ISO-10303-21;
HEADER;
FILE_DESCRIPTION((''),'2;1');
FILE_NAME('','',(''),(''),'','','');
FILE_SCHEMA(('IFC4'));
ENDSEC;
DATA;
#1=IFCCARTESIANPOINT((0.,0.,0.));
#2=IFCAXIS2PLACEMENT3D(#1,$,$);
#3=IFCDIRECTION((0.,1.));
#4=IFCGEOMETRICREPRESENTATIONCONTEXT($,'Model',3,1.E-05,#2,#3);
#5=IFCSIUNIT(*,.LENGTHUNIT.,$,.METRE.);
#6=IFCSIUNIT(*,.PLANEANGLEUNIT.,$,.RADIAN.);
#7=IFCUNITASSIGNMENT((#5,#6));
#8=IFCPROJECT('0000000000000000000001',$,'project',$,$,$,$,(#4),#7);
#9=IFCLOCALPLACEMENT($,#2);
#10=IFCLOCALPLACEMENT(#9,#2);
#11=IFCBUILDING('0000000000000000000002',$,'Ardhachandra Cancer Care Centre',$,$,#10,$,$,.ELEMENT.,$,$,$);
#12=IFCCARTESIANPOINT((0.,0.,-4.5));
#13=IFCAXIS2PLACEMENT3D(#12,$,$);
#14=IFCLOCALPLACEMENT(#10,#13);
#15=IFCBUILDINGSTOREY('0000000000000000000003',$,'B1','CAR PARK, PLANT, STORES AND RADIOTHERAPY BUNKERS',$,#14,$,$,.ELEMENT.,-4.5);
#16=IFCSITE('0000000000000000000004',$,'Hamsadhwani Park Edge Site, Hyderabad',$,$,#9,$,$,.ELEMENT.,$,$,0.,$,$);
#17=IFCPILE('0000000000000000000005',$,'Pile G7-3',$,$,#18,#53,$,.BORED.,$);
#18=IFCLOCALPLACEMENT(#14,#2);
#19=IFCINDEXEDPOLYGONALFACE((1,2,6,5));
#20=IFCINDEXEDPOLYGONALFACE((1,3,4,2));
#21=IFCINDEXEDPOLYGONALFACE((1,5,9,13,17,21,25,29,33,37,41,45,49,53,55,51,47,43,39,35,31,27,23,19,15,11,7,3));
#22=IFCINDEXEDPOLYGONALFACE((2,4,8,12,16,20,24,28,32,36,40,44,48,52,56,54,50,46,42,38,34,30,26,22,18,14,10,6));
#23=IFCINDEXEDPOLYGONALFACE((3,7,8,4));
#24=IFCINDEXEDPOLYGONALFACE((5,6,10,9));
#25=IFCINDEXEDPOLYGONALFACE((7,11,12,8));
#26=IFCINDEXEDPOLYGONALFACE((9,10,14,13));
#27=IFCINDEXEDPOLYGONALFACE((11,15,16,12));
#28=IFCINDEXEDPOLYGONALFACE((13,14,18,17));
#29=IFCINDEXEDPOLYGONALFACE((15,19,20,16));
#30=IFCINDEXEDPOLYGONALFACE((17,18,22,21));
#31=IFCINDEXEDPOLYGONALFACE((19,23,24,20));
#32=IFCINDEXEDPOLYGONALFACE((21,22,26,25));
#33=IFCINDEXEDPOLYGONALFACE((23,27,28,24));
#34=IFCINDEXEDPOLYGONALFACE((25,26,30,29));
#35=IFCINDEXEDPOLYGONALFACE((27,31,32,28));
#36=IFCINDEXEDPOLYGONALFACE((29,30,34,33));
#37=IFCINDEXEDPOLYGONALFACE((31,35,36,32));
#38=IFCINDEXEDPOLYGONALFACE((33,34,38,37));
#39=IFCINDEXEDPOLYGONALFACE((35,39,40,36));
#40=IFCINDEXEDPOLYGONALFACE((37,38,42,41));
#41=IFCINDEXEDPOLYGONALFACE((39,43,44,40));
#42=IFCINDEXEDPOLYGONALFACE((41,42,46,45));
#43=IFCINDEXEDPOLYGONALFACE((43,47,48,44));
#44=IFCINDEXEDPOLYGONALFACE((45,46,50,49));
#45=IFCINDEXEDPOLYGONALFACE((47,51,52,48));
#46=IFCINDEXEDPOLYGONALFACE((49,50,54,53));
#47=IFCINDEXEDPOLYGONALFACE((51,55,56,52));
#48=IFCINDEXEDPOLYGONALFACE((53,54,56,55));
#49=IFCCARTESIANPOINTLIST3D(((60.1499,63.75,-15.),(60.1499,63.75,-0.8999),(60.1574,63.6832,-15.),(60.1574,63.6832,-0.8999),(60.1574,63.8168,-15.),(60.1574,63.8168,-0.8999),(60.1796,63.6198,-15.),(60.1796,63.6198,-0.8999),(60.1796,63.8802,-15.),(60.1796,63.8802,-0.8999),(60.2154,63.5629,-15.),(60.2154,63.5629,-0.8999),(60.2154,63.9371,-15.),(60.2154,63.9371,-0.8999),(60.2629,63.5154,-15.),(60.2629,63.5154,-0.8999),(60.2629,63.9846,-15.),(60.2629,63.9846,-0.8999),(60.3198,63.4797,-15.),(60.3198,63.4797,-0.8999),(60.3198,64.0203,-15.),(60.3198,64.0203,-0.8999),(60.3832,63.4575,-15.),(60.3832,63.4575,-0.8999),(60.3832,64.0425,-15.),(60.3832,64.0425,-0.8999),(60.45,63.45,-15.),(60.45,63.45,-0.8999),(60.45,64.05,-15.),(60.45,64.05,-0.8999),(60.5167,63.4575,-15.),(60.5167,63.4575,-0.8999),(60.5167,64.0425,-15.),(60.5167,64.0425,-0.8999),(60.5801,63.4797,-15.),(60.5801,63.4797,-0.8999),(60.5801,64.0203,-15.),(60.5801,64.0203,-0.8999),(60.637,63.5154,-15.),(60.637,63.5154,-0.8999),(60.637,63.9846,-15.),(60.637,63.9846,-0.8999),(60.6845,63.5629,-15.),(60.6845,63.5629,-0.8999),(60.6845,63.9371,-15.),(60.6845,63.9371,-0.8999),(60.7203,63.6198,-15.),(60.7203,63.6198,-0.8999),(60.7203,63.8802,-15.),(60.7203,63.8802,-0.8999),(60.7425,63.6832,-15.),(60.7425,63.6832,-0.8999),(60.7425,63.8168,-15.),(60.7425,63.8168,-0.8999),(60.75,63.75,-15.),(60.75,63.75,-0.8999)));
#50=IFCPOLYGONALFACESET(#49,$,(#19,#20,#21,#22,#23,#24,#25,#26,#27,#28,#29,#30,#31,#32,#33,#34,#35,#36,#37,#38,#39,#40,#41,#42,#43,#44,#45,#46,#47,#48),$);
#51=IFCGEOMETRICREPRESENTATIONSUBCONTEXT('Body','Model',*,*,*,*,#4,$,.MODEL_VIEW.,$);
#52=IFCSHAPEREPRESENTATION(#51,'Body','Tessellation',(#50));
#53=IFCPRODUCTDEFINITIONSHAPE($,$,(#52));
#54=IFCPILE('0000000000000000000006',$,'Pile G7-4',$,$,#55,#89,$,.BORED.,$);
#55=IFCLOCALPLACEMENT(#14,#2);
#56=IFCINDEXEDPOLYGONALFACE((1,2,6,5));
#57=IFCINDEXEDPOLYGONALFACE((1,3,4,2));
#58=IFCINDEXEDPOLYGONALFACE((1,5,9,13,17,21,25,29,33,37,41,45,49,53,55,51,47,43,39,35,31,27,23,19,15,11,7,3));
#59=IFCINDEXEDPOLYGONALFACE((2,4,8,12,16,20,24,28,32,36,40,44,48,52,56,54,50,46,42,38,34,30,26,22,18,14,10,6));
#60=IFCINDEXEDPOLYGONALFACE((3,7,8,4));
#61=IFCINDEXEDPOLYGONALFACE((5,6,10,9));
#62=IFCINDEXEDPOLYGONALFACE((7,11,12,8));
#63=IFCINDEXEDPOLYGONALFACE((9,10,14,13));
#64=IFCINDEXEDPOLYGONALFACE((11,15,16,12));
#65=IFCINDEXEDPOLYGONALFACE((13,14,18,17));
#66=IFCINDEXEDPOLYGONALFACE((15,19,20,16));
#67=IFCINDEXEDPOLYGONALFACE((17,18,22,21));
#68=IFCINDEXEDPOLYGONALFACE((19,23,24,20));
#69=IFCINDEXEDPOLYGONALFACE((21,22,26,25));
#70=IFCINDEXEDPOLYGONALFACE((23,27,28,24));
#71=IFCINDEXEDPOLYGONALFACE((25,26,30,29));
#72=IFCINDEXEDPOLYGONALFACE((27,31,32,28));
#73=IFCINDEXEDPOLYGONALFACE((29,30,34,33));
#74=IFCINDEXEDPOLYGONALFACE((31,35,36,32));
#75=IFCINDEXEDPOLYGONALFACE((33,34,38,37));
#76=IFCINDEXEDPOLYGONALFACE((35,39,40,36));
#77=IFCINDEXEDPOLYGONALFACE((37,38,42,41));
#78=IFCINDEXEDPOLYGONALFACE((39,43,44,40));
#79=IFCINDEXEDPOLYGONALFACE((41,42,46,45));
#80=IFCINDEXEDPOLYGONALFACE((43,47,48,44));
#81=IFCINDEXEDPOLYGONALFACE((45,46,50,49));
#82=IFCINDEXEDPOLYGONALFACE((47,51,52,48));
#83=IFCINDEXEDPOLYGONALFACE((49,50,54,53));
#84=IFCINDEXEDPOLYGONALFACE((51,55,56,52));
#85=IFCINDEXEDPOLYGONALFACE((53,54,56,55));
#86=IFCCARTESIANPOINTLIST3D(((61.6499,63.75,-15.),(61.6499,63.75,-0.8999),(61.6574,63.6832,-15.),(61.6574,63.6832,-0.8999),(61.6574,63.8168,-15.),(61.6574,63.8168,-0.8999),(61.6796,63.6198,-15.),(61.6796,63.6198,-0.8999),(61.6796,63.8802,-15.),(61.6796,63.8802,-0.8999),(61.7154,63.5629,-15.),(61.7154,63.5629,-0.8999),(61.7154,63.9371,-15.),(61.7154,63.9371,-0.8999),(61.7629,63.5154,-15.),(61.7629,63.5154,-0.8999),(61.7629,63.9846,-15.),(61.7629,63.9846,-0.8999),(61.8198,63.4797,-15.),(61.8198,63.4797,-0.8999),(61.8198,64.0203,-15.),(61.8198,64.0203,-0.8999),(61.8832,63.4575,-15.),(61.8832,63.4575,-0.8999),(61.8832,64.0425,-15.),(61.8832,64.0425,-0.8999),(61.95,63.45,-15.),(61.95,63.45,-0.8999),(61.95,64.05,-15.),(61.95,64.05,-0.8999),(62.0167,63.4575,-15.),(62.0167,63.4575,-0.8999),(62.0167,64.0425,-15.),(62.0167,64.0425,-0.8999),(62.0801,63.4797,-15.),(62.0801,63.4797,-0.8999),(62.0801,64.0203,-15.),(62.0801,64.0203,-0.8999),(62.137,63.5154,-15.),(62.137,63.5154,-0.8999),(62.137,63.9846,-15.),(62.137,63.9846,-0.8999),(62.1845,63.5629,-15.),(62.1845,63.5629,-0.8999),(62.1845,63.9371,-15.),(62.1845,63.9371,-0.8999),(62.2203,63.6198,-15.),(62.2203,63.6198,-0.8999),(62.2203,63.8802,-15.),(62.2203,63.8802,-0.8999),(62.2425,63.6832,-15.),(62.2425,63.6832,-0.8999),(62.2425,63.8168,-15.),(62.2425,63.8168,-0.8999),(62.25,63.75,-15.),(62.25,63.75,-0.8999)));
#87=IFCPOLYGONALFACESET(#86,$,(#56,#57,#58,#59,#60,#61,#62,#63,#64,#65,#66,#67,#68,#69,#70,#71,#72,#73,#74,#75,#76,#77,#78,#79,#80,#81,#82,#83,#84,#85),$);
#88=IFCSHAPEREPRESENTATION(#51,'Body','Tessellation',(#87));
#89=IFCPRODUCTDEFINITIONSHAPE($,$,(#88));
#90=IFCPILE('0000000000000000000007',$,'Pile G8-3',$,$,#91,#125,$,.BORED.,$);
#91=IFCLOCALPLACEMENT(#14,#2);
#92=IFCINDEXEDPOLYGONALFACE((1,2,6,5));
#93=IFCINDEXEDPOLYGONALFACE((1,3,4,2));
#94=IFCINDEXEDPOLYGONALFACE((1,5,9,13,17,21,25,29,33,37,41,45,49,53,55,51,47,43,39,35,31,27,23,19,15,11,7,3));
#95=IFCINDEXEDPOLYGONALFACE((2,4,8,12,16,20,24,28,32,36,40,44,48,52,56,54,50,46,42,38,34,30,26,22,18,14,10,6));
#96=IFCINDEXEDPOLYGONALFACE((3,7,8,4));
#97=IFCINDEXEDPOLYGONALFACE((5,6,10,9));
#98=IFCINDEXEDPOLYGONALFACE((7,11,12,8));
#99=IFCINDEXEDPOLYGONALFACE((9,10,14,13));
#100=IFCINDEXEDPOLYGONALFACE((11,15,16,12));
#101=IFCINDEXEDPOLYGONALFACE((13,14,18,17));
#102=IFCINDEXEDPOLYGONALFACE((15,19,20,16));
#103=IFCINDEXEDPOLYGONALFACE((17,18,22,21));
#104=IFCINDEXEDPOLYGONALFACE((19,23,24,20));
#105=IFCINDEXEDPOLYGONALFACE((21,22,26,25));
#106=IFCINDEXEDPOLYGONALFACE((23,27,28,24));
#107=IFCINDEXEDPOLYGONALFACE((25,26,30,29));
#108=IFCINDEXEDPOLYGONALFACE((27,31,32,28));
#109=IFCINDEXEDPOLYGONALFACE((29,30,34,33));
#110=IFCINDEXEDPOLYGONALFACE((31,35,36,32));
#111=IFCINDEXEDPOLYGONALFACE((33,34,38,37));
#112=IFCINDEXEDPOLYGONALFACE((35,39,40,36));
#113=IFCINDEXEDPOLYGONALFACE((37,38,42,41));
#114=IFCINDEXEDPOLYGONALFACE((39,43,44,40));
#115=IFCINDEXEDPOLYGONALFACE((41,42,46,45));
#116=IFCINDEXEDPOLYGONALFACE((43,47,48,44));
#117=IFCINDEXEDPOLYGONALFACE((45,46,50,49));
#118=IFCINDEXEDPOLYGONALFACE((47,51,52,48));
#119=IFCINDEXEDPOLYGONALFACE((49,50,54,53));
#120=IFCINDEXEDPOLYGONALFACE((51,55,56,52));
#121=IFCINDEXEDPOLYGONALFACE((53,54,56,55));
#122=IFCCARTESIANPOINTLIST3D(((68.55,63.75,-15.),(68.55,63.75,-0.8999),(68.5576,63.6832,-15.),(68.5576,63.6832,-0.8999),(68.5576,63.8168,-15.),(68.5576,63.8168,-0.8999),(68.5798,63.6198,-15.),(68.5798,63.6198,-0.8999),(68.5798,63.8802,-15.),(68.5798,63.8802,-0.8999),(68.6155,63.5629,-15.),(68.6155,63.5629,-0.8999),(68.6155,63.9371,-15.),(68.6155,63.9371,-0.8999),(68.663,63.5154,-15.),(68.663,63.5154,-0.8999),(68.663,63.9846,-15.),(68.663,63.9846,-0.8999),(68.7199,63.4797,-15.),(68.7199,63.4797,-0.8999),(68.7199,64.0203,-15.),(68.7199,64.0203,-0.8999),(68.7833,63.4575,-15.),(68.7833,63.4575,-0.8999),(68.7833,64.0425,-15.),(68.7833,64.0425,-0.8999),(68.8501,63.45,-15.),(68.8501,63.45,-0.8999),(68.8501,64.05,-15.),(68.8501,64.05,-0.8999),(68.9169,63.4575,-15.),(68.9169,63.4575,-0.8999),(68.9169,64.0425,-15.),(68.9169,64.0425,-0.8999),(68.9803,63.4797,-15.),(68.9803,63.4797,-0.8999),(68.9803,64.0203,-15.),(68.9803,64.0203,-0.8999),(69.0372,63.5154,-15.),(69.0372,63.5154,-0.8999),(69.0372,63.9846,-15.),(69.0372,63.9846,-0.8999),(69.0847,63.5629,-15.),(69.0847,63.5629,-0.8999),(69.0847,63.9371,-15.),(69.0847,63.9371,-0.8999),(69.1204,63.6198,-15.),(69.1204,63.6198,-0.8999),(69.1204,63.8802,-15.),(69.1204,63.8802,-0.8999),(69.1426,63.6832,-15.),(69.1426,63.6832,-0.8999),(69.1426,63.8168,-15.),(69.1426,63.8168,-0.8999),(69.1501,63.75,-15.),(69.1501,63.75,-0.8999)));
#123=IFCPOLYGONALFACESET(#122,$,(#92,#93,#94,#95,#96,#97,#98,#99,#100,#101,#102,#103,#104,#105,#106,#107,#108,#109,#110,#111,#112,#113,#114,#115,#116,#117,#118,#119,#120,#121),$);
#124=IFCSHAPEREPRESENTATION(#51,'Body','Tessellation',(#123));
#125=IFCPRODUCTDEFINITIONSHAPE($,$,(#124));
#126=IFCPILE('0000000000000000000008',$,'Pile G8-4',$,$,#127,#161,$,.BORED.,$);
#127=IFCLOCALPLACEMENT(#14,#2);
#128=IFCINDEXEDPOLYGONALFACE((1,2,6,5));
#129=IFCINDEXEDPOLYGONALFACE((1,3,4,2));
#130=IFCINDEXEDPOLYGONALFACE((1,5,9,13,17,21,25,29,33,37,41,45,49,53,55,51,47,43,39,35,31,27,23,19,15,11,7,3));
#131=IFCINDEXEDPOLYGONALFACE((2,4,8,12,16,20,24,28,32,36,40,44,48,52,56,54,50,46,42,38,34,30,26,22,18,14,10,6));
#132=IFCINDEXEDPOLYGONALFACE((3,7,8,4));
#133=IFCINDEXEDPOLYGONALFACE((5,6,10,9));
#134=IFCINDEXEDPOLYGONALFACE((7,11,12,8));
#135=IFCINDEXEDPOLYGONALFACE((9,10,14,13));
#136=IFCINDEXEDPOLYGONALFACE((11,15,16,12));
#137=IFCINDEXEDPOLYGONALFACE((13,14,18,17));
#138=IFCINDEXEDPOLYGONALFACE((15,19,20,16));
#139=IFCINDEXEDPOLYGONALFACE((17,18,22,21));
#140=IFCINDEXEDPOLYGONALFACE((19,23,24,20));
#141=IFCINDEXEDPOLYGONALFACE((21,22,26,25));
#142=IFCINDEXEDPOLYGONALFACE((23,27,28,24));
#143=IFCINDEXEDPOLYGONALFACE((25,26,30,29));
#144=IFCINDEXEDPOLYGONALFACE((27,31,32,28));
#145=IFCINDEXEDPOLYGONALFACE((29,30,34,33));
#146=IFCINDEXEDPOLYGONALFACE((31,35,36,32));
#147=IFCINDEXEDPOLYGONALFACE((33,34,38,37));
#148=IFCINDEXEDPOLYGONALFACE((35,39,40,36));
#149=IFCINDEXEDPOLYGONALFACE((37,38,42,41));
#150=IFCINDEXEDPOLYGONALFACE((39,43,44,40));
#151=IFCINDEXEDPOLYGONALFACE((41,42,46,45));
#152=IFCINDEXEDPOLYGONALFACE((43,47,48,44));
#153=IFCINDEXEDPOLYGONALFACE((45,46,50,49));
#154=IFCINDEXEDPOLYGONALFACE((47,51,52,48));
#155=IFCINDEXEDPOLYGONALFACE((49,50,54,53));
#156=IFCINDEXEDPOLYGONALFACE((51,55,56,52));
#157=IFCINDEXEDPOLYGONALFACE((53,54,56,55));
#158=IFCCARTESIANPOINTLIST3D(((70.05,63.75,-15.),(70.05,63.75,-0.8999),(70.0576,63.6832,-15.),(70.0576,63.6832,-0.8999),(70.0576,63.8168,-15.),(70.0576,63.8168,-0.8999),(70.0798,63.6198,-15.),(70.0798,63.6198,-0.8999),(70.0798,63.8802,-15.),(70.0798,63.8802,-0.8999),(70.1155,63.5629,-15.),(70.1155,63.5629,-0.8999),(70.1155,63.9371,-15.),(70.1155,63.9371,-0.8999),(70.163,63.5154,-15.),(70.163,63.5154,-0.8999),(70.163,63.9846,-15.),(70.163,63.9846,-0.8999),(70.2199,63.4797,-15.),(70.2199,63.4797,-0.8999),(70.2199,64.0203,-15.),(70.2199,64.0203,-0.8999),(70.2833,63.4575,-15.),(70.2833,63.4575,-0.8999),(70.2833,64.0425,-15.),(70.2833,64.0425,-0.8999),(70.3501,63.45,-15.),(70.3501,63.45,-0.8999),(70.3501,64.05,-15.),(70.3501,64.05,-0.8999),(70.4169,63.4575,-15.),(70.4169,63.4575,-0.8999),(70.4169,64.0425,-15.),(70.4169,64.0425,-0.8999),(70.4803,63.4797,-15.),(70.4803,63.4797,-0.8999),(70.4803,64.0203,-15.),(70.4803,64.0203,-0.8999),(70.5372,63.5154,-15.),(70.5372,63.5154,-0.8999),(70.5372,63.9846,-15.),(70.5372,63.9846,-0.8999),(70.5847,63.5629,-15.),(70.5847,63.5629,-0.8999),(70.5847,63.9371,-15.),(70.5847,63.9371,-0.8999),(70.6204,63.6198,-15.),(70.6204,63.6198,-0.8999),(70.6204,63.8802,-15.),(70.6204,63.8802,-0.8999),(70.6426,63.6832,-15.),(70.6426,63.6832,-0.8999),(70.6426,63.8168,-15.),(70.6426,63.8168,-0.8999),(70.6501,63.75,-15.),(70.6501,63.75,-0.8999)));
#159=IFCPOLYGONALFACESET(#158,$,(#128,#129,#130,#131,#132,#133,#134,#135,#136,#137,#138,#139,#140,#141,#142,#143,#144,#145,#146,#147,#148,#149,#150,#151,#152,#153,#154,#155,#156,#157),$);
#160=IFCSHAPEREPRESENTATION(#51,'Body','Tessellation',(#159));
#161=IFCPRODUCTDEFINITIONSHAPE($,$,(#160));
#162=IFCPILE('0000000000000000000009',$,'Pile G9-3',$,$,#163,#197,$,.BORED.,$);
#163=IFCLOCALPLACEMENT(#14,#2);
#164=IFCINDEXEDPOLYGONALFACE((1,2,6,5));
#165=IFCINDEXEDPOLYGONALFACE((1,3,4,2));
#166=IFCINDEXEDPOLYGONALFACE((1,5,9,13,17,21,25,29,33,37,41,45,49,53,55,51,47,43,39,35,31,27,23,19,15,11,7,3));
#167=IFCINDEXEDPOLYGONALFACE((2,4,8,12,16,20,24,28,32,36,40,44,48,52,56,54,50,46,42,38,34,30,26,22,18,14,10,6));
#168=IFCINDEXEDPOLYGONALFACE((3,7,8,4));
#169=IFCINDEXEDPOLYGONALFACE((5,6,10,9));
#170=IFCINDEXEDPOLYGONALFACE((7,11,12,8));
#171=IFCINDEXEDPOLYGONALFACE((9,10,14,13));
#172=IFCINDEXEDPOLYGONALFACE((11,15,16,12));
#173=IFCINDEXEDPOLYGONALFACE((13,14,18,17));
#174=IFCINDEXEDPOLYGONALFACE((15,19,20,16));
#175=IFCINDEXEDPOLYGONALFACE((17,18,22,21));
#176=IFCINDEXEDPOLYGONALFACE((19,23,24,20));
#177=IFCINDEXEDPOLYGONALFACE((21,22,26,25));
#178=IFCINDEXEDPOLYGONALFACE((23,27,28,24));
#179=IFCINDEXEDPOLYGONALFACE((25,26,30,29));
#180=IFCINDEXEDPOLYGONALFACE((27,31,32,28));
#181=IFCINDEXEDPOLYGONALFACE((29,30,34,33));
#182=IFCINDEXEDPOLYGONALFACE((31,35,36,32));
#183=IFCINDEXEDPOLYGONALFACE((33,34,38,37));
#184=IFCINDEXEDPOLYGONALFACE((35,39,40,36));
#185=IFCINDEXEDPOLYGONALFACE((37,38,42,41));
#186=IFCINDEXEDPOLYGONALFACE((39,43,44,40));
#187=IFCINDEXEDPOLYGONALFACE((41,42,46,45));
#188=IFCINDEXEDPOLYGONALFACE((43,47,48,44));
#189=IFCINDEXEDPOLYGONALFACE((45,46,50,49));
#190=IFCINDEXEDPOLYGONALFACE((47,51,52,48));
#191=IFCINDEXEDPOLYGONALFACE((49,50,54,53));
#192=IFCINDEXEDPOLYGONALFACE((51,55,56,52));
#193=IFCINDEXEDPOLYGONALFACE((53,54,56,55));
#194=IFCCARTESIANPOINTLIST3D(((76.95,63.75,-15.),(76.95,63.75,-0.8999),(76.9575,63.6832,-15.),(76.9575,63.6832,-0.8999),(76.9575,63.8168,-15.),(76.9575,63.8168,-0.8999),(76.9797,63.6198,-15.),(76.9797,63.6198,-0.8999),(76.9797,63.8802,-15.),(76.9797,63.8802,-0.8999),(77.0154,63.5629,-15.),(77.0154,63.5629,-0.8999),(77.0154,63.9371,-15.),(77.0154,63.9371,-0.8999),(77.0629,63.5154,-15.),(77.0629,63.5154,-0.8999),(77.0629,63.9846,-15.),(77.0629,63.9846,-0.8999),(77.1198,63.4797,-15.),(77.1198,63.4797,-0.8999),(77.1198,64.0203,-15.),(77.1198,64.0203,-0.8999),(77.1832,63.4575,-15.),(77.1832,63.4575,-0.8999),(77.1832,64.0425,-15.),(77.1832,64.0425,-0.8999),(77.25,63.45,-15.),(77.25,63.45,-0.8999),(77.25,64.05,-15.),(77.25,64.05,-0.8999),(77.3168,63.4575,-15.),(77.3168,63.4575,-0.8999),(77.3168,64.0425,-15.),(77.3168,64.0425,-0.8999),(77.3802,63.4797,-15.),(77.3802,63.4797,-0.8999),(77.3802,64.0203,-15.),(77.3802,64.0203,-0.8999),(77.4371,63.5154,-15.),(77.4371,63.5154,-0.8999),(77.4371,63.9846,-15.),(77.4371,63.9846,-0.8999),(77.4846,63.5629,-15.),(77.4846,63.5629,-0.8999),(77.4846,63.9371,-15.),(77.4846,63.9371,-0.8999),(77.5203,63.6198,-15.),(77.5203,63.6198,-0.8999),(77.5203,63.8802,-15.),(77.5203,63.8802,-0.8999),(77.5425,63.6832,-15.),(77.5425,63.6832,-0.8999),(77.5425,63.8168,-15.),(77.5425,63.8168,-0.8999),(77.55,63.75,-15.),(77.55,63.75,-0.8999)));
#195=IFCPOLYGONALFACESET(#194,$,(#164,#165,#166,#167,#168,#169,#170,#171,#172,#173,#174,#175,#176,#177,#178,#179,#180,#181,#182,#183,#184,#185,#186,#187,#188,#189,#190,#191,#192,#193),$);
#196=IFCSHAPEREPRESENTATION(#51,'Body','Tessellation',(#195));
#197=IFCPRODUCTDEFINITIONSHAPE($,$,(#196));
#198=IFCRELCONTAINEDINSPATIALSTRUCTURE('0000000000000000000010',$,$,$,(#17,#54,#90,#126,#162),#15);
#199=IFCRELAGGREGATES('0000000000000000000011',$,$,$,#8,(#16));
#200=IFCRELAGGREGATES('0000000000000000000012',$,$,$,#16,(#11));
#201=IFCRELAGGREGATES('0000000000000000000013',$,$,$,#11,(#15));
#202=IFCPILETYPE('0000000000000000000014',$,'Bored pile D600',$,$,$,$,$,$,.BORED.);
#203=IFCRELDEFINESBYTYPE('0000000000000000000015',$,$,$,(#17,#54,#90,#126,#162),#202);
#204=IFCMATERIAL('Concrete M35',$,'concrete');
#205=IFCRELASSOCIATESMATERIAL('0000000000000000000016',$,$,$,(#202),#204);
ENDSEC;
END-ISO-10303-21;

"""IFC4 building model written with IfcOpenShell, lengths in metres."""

from ifc_helpers import new_model, si_unit, direction, frame, origin, origin_2d, place, context, subcontext, project, spatial, circle, extrude, material, material_profile, profile_set, type_object, element, save


model = new_model("IFC4")

# Units and contexts
model_context = context("Model", 3, precision=1e-05, world=origin(), true_north=direction((0.0, 1.0)))
body_context = subcontext(model_context, "Body", "Model", "MODEL_VIEW")
ifc_project = project(units=[si_unit("LENGTHUNIT", "METRE"), si_unit("PLANEANGLEUNIT", "RADIAN")], contexts=[model_context])

# Site, building, storey
site_placement = place(None, origin())
site = spatial("IfcSite", under=ifc_project, at=site_placement, Name="Hamsadhwani Park Edge Site, Hyderabad", CompositionType="ELEMENT", RefElevation=0.0)
building_placement = place(site_placement, origin())
building = spatial("IfcBuilding", under=site, at=building_placement, Name="Ardhachandra Cancer Care Centre", CompositionType="ELEMENT")
storey_placement = place(building_placement, frame((0.0, 0.0, -4.5)))
storey = spatial("IfcBuildingStorey", under=building, at=storey_placement, Name="B1", Description="CAR PARK, PLANT, STORES AND RADIOTHERAPY BUNKERS", CompositionType="ELEMENT", Elevation=-4.5)

# Piles
ifc_material_1 = material(Name="Concrete M35", Category="concrete")
ifc_material_profile_1 = material_profile(ifc_material_1, circle(Radius=0.3, at=origin_2d()), Name="D600")
ifc_profile_set_1 = profile_set([ifc_material_profile_1], Name="Concrete M35")
pile_type = type_object("IfcPileType", Name="Bored pile D600", PredefinedType="BORED", material=ifc_profile_set_1)
for number, where, z_axis, x_axis, name in (
    (1, (60.45, 63.75, -0.8999), (0.0, 0.0, -1.0), (1.0, 0.0, 0.0), "Pile G7-3"),
    (2, (61.95, 63.75, -0.8999), (0.0, 0.0, -1.0), (1.0, 0.0, 0.0), "Pile G7-4"),
    (3, (68.8501, 63.75, -0.8999), (0.0, 0.0, -1.0), (1.0, 0.0, 0.0), "Pile G8-3"),
    (4, (70.3501, 63.75, -0.8999), (0.0, 0.0, -1.0), (1.0, 0.0, 0.0), "Pile G8-4"),
    (5, (77.25, 63.75, -0.8999), (0.0, 0.0, -1.0), (1.0, 0.0, 0.0), "Pile G9-3"),
):
    element("IfcPile", number, at=place(storey_placement, frame(where, z_axis=z_axis, x_axis=x_axis)), inside=storey, type_object=pile_type, Name=name, PredefinedType="BORED", context=body_context, shape_type="SweptSolid", body=[
        extrude(circle(Radius=0.3, at=origin_2d()), origin(), (0.0, 0.0, 1.0), 14.1001),
    ])

save(model, "model.ifc")
